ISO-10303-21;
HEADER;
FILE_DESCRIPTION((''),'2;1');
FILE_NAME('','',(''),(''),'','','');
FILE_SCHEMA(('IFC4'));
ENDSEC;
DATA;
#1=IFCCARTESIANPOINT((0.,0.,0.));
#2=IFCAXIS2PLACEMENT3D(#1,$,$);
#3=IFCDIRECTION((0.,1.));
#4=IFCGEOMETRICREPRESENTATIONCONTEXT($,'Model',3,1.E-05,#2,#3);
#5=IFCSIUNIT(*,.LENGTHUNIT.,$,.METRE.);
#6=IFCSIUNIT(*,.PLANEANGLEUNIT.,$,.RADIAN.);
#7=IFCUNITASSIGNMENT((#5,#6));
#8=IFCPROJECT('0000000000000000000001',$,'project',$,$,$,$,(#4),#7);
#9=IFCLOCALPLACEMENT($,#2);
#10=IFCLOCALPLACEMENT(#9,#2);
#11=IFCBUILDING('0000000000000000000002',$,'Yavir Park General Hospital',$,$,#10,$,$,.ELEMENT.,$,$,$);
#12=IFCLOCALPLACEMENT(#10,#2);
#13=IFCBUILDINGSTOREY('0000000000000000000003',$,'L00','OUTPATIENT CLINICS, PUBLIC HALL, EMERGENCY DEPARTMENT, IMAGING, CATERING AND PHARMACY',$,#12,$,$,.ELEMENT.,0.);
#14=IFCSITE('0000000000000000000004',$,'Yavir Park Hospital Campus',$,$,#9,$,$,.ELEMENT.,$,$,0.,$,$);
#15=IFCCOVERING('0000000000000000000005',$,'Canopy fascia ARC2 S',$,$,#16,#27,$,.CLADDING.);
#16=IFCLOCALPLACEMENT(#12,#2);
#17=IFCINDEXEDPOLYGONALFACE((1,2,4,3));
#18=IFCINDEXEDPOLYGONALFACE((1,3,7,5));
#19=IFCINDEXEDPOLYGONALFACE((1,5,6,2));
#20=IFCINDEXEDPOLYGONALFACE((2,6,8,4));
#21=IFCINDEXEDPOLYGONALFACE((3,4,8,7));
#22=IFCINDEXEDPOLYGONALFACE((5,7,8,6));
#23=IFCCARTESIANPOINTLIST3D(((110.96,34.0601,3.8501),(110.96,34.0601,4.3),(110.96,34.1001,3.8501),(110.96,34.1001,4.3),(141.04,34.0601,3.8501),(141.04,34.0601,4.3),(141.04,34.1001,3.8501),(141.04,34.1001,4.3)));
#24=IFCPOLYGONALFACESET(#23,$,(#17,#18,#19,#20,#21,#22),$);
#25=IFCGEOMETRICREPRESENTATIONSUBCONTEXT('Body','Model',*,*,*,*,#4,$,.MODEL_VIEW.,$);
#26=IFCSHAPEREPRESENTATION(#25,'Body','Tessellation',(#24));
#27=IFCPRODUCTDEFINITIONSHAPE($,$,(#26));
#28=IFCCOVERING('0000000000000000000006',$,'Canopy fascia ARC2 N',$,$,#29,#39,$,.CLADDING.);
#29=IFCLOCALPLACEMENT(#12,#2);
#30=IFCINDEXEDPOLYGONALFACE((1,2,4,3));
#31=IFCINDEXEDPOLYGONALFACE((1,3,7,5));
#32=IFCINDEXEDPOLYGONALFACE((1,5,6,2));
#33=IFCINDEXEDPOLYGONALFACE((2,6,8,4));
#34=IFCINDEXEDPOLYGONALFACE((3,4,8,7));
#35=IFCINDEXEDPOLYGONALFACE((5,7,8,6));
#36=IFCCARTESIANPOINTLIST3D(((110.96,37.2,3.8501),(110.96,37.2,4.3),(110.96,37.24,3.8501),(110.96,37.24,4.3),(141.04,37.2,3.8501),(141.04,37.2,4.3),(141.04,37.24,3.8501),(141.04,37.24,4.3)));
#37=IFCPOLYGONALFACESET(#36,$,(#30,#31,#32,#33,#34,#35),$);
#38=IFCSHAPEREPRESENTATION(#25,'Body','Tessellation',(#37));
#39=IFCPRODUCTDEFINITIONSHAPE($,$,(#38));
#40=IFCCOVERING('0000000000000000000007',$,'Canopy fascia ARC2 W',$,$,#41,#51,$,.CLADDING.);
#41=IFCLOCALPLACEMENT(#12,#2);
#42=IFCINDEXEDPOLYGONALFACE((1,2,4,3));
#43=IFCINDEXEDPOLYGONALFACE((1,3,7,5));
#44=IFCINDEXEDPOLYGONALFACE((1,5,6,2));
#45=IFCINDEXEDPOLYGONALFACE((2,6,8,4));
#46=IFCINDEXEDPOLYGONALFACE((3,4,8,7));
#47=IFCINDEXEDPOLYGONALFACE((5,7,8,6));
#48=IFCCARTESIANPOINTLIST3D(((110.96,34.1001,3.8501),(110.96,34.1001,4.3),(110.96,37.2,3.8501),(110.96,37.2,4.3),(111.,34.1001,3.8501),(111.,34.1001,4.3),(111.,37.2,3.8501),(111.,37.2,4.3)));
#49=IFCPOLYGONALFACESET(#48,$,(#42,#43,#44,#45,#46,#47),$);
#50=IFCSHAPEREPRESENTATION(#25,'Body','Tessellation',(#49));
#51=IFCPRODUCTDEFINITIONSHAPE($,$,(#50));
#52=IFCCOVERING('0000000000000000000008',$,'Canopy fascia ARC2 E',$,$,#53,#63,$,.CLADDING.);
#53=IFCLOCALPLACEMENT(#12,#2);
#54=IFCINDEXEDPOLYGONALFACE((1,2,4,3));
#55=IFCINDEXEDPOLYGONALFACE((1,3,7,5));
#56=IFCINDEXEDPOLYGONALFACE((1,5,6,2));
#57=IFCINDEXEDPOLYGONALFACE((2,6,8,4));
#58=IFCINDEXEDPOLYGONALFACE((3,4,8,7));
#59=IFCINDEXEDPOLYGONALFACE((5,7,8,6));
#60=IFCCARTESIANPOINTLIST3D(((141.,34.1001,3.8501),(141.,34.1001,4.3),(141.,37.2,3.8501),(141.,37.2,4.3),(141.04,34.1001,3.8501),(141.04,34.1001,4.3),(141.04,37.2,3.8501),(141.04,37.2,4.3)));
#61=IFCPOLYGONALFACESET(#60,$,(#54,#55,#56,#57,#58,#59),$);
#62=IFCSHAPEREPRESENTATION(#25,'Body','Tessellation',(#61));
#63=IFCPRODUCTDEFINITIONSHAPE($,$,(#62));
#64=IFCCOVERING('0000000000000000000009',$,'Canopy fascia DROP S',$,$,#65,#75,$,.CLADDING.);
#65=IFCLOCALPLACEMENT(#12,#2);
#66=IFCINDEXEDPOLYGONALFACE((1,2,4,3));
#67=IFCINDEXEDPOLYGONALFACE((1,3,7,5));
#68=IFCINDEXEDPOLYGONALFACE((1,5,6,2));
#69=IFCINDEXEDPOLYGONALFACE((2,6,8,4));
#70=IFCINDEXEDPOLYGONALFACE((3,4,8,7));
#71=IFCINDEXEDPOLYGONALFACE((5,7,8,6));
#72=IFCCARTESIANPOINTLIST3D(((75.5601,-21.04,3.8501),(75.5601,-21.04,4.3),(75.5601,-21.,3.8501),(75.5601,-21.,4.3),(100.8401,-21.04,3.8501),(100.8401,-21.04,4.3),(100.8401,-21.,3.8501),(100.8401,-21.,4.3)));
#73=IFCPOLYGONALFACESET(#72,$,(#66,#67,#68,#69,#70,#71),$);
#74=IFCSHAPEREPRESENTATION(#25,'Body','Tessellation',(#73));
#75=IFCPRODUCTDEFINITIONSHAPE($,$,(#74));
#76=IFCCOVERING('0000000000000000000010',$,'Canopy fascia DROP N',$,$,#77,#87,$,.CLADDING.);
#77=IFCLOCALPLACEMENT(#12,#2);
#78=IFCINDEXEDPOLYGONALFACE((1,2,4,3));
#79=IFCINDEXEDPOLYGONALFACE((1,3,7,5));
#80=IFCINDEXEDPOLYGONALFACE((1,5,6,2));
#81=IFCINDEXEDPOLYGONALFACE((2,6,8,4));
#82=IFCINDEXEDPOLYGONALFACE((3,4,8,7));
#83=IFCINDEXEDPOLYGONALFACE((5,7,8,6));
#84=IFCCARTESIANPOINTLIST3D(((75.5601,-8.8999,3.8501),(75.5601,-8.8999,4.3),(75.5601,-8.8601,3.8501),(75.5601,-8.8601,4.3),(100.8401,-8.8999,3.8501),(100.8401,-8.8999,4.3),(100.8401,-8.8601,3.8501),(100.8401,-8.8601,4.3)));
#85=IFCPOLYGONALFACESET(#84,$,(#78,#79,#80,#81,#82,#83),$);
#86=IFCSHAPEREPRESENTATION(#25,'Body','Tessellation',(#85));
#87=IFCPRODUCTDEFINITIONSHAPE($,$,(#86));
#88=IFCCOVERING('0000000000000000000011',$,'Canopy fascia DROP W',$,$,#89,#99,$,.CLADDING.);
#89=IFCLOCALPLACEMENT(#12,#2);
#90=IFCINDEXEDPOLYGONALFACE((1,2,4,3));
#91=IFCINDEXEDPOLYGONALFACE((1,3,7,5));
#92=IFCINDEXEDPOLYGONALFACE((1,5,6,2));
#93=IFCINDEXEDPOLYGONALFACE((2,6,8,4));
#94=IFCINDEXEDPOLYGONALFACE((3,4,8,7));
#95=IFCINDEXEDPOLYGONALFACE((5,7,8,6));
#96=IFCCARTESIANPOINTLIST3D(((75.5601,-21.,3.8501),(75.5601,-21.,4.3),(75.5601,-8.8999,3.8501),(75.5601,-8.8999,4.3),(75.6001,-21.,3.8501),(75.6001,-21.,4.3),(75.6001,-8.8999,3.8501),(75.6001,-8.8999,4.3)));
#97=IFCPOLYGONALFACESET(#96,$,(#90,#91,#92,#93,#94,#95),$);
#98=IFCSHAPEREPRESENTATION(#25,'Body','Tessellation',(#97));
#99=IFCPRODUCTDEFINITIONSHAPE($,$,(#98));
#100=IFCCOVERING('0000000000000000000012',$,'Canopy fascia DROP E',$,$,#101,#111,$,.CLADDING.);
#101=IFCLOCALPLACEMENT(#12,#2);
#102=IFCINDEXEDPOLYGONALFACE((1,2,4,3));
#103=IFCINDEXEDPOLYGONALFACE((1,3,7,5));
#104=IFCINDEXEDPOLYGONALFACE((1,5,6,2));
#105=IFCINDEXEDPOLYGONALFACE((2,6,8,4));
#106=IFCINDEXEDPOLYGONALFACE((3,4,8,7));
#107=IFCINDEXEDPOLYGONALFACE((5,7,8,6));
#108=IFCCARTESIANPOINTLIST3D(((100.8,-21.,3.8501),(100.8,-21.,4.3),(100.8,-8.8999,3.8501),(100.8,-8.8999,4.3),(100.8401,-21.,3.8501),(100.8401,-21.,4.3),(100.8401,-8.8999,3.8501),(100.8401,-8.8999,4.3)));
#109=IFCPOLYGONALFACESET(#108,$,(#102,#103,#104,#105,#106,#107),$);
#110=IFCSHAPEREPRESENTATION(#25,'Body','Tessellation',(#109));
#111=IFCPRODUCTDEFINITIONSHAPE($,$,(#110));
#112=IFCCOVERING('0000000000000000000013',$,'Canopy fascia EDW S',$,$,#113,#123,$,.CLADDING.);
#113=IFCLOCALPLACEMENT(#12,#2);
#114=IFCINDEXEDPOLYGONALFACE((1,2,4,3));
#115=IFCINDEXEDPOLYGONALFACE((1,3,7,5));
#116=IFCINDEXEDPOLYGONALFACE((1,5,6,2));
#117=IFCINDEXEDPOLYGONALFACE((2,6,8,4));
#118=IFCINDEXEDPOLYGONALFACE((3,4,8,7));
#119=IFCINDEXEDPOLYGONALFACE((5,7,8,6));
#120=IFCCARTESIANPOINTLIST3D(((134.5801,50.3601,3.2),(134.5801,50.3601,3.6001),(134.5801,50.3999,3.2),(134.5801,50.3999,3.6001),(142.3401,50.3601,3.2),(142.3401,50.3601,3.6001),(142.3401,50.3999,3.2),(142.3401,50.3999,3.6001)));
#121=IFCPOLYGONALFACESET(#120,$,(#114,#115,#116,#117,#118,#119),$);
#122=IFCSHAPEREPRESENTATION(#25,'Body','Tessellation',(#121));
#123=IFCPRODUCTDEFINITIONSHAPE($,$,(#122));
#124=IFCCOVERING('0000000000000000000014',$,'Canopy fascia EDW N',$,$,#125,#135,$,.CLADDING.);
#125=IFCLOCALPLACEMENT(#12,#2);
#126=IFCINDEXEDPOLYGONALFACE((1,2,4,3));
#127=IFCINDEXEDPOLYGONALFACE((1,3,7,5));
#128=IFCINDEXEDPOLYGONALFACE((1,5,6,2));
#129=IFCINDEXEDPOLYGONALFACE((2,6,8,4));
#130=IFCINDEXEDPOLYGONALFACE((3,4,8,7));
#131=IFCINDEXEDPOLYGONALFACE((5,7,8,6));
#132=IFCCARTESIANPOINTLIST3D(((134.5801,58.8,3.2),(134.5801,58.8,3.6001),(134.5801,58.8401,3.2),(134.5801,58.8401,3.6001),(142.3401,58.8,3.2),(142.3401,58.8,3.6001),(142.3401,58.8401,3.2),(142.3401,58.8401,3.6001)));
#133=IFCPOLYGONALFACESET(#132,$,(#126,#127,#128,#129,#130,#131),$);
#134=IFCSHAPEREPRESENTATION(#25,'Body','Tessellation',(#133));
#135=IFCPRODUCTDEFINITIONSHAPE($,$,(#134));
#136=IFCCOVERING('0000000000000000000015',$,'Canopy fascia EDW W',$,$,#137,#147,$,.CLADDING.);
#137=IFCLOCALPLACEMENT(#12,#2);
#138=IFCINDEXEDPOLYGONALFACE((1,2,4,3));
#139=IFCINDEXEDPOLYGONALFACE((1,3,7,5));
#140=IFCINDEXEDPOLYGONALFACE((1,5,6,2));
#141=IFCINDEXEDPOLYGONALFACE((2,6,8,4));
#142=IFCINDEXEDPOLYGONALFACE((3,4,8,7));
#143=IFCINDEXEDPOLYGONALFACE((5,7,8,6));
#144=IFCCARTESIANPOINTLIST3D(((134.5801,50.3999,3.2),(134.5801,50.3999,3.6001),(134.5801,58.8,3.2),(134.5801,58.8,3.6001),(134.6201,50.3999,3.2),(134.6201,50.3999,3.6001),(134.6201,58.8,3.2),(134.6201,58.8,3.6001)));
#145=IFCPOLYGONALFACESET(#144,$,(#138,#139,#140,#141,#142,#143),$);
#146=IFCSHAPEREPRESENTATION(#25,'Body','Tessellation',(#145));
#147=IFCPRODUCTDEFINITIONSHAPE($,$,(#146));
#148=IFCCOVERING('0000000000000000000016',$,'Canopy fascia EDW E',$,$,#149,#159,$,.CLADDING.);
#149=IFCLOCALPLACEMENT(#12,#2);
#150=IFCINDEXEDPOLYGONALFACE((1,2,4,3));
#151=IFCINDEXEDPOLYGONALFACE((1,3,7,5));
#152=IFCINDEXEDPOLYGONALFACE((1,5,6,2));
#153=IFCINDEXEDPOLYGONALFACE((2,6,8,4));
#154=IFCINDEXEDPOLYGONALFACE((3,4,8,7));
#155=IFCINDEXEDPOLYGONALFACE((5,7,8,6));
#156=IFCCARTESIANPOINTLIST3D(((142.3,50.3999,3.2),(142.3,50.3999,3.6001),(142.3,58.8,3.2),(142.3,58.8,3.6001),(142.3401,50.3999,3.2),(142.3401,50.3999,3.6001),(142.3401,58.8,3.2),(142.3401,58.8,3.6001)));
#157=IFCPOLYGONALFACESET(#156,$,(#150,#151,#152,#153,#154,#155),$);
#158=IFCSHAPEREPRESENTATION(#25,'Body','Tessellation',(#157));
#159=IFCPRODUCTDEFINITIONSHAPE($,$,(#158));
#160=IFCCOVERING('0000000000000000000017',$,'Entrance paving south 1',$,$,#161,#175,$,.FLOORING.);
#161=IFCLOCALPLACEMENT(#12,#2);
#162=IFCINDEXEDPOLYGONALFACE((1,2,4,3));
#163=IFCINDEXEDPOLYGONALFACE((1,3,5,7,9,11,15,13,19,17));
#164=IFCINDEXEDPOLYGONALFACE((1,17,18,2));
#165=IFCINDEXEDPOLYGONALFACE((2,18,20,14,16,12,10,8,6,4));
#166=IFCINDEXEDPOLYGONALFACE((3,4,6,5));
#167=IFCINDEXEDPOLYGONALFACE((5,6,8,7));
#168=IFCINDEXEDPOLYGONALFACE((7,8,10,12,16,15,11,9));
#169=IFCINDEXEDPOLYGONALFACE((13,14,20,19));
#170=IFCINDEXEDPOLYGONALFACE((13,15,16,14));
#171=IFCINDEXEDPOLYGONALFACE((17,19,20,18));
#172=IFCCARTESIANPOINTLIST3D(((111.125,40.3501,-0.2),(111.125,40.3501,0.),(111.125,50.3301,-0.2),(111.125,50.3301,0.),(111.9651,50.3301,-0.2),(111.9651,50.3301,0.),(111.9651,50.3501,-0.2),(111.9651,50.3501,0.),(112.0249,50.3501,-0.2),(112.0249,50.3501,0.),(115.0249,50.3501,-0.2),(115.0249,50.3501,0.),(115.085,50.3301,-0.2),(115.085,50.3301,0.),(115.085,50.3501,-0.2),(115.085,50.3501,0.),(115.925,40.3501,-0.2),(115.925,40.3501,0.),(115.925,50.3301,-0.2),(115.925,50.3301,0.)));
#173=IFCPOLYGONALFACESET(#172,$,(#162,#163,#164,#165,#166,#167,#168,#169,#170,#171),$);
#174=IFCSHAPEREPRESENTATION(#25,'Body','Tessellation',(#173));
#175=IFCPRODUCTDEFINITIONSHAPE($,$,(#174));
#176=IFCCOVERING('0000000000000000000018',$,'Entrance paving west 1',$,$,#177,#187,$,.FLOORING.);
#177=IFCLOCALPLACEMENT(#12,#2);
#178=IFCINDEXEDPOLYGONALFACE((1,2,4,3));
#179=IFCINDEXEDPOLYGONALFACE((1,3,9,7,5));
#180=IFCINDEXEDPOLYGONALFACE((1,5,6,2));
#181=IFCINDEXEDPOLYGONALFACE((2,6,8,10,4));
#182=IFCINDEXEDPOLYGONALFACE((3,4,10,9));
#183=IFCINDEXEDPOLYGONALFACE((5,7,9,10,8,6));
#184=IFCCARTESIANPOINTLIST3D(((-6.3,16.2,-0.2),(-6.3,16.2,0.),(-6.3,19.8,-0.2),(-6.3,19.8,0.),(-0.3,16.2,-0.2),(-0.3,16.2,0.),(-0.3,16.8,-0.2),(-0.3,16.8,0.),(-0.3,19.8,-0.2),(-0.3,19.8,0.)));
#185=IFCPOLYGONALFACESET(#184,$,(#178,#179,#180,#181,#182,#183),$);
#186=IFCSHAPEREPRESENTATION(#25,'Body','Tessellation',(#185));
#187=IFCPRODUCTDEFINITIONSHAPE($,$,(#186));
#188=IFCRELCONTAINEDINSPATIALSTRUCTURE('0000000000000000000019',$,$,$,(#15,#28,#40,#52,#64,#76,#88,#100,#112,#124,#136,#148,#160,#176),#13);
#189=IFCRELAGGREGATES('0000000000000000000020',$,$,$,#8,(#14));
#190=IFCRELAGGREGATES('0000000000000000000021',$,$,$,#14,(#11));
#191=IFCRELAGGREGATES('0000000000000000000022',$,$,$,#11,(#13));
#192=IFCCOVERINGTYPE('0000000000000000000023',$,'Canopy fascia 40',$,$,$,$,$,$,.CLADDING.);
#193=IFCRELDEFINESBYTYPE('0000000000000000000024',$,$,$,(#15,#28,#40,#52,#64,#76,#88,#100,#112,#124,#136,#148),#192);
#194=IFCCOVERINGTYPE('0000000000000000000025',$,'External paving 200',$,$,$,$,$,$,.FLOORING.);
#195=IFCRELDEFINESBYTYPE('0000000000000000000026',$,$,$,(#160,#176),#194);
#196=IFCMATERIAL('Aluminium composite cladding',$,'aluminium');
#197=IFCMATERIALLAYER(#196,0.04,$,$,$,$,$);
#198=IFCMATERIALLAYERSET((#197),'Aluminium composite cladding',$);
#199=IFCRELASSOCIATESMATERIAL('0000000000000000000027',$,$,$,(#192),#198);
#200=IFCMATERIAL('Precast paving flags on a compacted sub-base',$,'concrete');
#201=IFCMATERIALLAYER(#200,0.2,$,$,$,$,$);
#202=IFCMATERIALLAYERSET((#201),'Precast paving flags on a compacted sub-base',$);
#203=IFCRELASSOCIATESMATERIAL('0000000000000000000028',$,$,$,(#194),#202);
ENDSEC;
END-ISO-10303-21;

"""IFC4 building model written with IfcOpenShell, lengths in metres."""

from ifc_helpers import new_model, si_unit, direction, frame, origin, place, context, subcontext, project, spatial, polyline, outline, extrude, material, layer, layer_set, type_object, element, save


model = new_model("IFC4")

# Units and contexts
model_context = context("Model", 3, precision=1e-05, world=origin(), true_north=direction((0.0, 1.0)))
body_context = subcontext(model_context, "Body", "Model", "MODEL_VIEW")
ifc_project = project(units=[si_unit("LENGTHUNIT", "METRE"), si_unit("PLANEANGLEUNIT", "RADIAN")], contexts=[model_context])

# Site, building, storey
site_placement = place(None, origin())
site = spatial("IfcSite", under=ifc_project, at=site_placement, Name="Yavir Park Hospital Campus", CompositionType="ELEMENT", RefElevation=0.0)
building_placement = place(site_placement, origin())
building = spatial("IfcBuilding", under=site, at=building_placement, Name="Yavir Park General Hospital", CompositionType="ELEMENT")
storey_placement = place(building_placement, origin())
storey = spatial("IfcBuildingStorey", under=building, at=storey_placement, Name="L00", Description="OUTPATIENT CLINICS, PUBLIC HALL, EMERGENCY DEPARTMENT, IMAGING, CATERING AND PHARMACY", CompositionType="ELEMENT", Elevation=0.0)

# Coverings
ifc_material_1 = material(Name="Aluminium composite cladding", Category="aluminium")
ifc_layer_1 = layer(ifc_material_1, 0.04)
ifc_layer_set_1 = layer_set([ifc_layer_1], Name="Aluminium composite cladding")
covering_type_1 = type_object("IfcCoveringType", Name="Canopy fascia 40", PredefinedType="CLADDING", material=ifc_layer_set_1)
covering_1_placement = place(storey_placement, frame((0.0, 0.0, 3.8501)))
element("IfcCovering", 1, at=covering_1_placement, inside=storey, type_object=covering_type_1, Name="Canopy fascia ARC2 S", PredefinedType="CLADDING", context=body_context, shape_type="SweptSolid", body=[
    extrude(outline(polyline([(110.96, 34.0601), (141.04, 34.0601), (141.04, 34.1001), (110.96, 34.1001), (110.96, 34.0601)])), origin(), (0.0, 0.0, 1.0), 0.45),
])
covering_2_placement = place(storey_placement, frame((0.0, 0.0, 3.8501)))
element("IfcCovering", 2, at=covering_2_placement, inside=storey, type_object=covering_type_1, Name="Canopy fascia ARC2 N", PredefinedType="CLADDING", context=body_context, shape_type="SweptSolid", body=[
    extrude(outline(polyline([(110.96, 37.2), (141.04, 37.2), (141.04, 37.24), (110.96, 37.24), (110.96, 37.2)])), origin(), (0.0, 0.0, 1.0), 0.45),
])
covering_3_placement = place(storey_placement, frame((0.0, 0.0, 3.8501)))
element("IfcCovering", 3, at=covering_3_placement, inside=storey, type_object=covering_type_1, Name="Canopy fascia ARC2 W", PredefinedType="CLADDING", context=body_context, shape_type="SweptSolid", body=[
    extrude(outline(polyline([(110.96, 34.1001), (111.0, 34.1001), (111.0, 37.2), (110.96, 37.2), (110.96, 34.1001)])), origin(), (0.0, 0.0, 1.0), 0.45),
])
covering_4_placement = place(storey_placement, frame((0.0, 0.0, 3.8501)))
element("IfcCovering", 4, at=covering_4_placement, inside=storey, type_object=covering_type_1, Name="Canopy fascia ARC2 E", PredefinedType="CLADDING", context=body_context, shape_type="SweptSolid", body=[
    extrude(outline(polyline([(141.0, 34.1001), (141.04, 34.1001), (141.04, 37.2), (141.0, 37.2), (141.0, 34.1001)])), origin(), (0.0, 0.0, 1.0), 0.45),
])
covering_5_placement = place(storey_placement, frame((0.0, 0.0, 3.8501)))
element("IfcCovering", 5, at=covering_5_placement, inside=storey, type_object=covering_type_1, Name="Canopy fascia DROP S", PredefinedType="CLADDING", context=body_context, shape_type="SweptSolid", body=[
    extrude(outline(polyline([(75.5601, -21.04), (100.8401, -21.04), (100.8401, -21.0), (75.5601, -21.0), (75.5601, -21.04)])), origin(), (0.0, 0.0, 1.0), 0.45),
])
covering_6_placement = place(storey_placement, frame((0.0, 0.0, 3.8501)))
element("IfcCovering", 6, at=covering_6_placement, inside=storey, type_object=covering_type_1, Name="Canopy fascia DROP N", PredefinedType="CLADDING", context=body_context, shape_type="SweptSolid", body=[
    extrude(outline(polyline([(75.5601, -8.8999), (100.8401, -8.8999), (100.8401, -8.8601), (75.5601, -8.8601), (75.5601, -8.8999)])), origin(), (0.0, 0.0, 1.0), 0.45),
])
covering_7_placement = place(storey_placement, frame((0.0, 0.0, 3.8501)))
element("IfcCovering", 7, at=covering_7_placement, inside=storey, type_object=covering_type_1, Name="Canopy fascia DROP W", PredefinedType="CLADDING", context=body_context, shape_type="SweptSolid", body=[
    extrude(outline(polyline([(75.5601, -21.0), (75.6001, -21.0), (75.6001, -8.8999), (75.5601, -8.8999), (75.5601, -21.0)])), origin(), (0.0, 0.0, 1.0), 0.45),
])
covering_8_placement = place(storey_placement, frame((0.0, 0.0, 3.8501)))
element("IfcCovering", 8, at=covering_8_placement, inside=storey, type_object=covering_type_1, Name="Canopy fascia DROP E", PredefinedType="CLADDING", context=body_context, shape_type="SweptSolid", body=[
    extrude(outline(polyline([(100.8, -21.0), (100.8401, -21.0), (100.8401, -8.8999), (100.8, -8.8999), (100.8, -21.0)])), origin(), (0.0, 0.0, 1.0), 0.45),
])
covering_9_placement = place(storey_placement, frame((0.0, 0.0, 3.2)))
element("IfcCovering", 9, at=covering_9_placement, inside=storey, type_object=covering_type_1, Name="Canopy fascia EDW S", PredefinedType="CLADDING", context=body_context, shape_type="SweptSolid", body=[
    extrude(outline(polyline([(134.5801, 50.3601), (142.3401, 50.3601), (142.3401, 50.3999), (134.5801, 50.3999), (134.5801, 50.3601)])), origin(), (0.0, 0.0, 1.0), 0.4001),
])
covering_10_placement = place(storey_placement, frame((0.0, 0.0, 3.2)))
element("IfcCovering", 10, at=covering_10_placement, inside=storey, type_object=covering_type_1, Name="Canopy fascia EDW N", PredefinedType="CLADDING", context=body_context, shape_type="SweptSolid", body=[
    extrude(outline(polyline([(134.5801, 58.8), (142.3401, 58.8), (142.3401, 58.8401), (134.5801, 58.8401), (134.5801, 58.8)])), origin(), (0.0, 0.0, 1.0), 0.4001),
])
covering_11_placement = place(storey_placement, frame((0.0, 0.0, 3.2)))
element("IfcCovering", 11, at=covering_11_placement, inside=storey, type_object=covering_type_1, Name="Canopy fascia EDW W", PredefinedType="CLADDING", context=body_context, shape_type="SweptSolid", body=[
    extrude(outline(polyline([(134.5801, 50.3999), (134.6201, 50.3999), (134.6201, 58.8), (134.5801, 58.8), (134.5801, 50.3999)])), origin(), (0.0, 0.0, 1.0), 0.4001),
])
covering_12_placement = place(storey_placement, frame((0.0, 0.0, 3.2)))
element("IfcCovering", 12, at=covering_12_placement, inside=storey, type_object=covering_type_1, Name="Canopy fascia EDW E", PredefinedType="CLADDING", context=body_context, shape_type="SweptSolid", body=[
    extrude(outline(polyline([(142.3, 50.3999), (142.3401, 50.3999), (142.3401, 58.8), (142.3, 58.8), (142.3, 50.3999)])), origin(), (0.0, 0.0, 1.0), 0.4001),
])
ifc_material_2 = material(Name="Precast paving flags on a compacted sub-base", Category="concrete")
ifc_layer_2 = layer(ifc_material_2, 0.2)
ifc_layer_set_2 = layer_set([ifc_layer_2], Name="Precast paving flags on a compacted sub-base")
covering_type_2 = type_object("IfcCoveringType", Name="External paving 200", PredefinedType="FLOORING", material=ifc_layer_set_2)
covering_13_placement = place(storey_placement, frame((0.0, 0.0, -0.2)))
element("IfcCovering", 13, at=covering_13_placement, inside=storey, type_object=covering_type_2, Name="Entrance paving south 1", PredefinedType="FLOORING", context=body_context, shape_type="SweptSolid", body=[
    extrude(outline(polyline([(115.085, 50.3301), (115.925, 50.3301), (115.925, 40.3501), (111.125, 40.3501), (111.125, 50.3301), (111.9651, 50.3301), (111.9651, 50.3501), (112.0249, 50.3501), (115.0249, 50.3501), (115.085, 50.3501), (115.085, 50.3301)])), origin(), (0.0, 0.0, 1.0), 0.2),
])
covering_14_placement = place(storey_placement, frame((0.0, 0.0, -0.2)))
element("IfcCovering", 14, at=covering_14_placement, inside=storey, type_object=covering_type_2, Name="Entrance paving west 1", PredefinedType="FLOORING", context=body_context, shape_type="SweptSolid", body=[
    extrude(outline(polyline([(-0.3, 16.8), (-0.3, 16.2), (-6.3, 16.2), (-6.3, 19.8), (-0.3, 19.8), (-0.3, 16.8)])), origin(), (0.0, 0.0, 1.0), 0.2),
])

save(model, "model.ifc")
